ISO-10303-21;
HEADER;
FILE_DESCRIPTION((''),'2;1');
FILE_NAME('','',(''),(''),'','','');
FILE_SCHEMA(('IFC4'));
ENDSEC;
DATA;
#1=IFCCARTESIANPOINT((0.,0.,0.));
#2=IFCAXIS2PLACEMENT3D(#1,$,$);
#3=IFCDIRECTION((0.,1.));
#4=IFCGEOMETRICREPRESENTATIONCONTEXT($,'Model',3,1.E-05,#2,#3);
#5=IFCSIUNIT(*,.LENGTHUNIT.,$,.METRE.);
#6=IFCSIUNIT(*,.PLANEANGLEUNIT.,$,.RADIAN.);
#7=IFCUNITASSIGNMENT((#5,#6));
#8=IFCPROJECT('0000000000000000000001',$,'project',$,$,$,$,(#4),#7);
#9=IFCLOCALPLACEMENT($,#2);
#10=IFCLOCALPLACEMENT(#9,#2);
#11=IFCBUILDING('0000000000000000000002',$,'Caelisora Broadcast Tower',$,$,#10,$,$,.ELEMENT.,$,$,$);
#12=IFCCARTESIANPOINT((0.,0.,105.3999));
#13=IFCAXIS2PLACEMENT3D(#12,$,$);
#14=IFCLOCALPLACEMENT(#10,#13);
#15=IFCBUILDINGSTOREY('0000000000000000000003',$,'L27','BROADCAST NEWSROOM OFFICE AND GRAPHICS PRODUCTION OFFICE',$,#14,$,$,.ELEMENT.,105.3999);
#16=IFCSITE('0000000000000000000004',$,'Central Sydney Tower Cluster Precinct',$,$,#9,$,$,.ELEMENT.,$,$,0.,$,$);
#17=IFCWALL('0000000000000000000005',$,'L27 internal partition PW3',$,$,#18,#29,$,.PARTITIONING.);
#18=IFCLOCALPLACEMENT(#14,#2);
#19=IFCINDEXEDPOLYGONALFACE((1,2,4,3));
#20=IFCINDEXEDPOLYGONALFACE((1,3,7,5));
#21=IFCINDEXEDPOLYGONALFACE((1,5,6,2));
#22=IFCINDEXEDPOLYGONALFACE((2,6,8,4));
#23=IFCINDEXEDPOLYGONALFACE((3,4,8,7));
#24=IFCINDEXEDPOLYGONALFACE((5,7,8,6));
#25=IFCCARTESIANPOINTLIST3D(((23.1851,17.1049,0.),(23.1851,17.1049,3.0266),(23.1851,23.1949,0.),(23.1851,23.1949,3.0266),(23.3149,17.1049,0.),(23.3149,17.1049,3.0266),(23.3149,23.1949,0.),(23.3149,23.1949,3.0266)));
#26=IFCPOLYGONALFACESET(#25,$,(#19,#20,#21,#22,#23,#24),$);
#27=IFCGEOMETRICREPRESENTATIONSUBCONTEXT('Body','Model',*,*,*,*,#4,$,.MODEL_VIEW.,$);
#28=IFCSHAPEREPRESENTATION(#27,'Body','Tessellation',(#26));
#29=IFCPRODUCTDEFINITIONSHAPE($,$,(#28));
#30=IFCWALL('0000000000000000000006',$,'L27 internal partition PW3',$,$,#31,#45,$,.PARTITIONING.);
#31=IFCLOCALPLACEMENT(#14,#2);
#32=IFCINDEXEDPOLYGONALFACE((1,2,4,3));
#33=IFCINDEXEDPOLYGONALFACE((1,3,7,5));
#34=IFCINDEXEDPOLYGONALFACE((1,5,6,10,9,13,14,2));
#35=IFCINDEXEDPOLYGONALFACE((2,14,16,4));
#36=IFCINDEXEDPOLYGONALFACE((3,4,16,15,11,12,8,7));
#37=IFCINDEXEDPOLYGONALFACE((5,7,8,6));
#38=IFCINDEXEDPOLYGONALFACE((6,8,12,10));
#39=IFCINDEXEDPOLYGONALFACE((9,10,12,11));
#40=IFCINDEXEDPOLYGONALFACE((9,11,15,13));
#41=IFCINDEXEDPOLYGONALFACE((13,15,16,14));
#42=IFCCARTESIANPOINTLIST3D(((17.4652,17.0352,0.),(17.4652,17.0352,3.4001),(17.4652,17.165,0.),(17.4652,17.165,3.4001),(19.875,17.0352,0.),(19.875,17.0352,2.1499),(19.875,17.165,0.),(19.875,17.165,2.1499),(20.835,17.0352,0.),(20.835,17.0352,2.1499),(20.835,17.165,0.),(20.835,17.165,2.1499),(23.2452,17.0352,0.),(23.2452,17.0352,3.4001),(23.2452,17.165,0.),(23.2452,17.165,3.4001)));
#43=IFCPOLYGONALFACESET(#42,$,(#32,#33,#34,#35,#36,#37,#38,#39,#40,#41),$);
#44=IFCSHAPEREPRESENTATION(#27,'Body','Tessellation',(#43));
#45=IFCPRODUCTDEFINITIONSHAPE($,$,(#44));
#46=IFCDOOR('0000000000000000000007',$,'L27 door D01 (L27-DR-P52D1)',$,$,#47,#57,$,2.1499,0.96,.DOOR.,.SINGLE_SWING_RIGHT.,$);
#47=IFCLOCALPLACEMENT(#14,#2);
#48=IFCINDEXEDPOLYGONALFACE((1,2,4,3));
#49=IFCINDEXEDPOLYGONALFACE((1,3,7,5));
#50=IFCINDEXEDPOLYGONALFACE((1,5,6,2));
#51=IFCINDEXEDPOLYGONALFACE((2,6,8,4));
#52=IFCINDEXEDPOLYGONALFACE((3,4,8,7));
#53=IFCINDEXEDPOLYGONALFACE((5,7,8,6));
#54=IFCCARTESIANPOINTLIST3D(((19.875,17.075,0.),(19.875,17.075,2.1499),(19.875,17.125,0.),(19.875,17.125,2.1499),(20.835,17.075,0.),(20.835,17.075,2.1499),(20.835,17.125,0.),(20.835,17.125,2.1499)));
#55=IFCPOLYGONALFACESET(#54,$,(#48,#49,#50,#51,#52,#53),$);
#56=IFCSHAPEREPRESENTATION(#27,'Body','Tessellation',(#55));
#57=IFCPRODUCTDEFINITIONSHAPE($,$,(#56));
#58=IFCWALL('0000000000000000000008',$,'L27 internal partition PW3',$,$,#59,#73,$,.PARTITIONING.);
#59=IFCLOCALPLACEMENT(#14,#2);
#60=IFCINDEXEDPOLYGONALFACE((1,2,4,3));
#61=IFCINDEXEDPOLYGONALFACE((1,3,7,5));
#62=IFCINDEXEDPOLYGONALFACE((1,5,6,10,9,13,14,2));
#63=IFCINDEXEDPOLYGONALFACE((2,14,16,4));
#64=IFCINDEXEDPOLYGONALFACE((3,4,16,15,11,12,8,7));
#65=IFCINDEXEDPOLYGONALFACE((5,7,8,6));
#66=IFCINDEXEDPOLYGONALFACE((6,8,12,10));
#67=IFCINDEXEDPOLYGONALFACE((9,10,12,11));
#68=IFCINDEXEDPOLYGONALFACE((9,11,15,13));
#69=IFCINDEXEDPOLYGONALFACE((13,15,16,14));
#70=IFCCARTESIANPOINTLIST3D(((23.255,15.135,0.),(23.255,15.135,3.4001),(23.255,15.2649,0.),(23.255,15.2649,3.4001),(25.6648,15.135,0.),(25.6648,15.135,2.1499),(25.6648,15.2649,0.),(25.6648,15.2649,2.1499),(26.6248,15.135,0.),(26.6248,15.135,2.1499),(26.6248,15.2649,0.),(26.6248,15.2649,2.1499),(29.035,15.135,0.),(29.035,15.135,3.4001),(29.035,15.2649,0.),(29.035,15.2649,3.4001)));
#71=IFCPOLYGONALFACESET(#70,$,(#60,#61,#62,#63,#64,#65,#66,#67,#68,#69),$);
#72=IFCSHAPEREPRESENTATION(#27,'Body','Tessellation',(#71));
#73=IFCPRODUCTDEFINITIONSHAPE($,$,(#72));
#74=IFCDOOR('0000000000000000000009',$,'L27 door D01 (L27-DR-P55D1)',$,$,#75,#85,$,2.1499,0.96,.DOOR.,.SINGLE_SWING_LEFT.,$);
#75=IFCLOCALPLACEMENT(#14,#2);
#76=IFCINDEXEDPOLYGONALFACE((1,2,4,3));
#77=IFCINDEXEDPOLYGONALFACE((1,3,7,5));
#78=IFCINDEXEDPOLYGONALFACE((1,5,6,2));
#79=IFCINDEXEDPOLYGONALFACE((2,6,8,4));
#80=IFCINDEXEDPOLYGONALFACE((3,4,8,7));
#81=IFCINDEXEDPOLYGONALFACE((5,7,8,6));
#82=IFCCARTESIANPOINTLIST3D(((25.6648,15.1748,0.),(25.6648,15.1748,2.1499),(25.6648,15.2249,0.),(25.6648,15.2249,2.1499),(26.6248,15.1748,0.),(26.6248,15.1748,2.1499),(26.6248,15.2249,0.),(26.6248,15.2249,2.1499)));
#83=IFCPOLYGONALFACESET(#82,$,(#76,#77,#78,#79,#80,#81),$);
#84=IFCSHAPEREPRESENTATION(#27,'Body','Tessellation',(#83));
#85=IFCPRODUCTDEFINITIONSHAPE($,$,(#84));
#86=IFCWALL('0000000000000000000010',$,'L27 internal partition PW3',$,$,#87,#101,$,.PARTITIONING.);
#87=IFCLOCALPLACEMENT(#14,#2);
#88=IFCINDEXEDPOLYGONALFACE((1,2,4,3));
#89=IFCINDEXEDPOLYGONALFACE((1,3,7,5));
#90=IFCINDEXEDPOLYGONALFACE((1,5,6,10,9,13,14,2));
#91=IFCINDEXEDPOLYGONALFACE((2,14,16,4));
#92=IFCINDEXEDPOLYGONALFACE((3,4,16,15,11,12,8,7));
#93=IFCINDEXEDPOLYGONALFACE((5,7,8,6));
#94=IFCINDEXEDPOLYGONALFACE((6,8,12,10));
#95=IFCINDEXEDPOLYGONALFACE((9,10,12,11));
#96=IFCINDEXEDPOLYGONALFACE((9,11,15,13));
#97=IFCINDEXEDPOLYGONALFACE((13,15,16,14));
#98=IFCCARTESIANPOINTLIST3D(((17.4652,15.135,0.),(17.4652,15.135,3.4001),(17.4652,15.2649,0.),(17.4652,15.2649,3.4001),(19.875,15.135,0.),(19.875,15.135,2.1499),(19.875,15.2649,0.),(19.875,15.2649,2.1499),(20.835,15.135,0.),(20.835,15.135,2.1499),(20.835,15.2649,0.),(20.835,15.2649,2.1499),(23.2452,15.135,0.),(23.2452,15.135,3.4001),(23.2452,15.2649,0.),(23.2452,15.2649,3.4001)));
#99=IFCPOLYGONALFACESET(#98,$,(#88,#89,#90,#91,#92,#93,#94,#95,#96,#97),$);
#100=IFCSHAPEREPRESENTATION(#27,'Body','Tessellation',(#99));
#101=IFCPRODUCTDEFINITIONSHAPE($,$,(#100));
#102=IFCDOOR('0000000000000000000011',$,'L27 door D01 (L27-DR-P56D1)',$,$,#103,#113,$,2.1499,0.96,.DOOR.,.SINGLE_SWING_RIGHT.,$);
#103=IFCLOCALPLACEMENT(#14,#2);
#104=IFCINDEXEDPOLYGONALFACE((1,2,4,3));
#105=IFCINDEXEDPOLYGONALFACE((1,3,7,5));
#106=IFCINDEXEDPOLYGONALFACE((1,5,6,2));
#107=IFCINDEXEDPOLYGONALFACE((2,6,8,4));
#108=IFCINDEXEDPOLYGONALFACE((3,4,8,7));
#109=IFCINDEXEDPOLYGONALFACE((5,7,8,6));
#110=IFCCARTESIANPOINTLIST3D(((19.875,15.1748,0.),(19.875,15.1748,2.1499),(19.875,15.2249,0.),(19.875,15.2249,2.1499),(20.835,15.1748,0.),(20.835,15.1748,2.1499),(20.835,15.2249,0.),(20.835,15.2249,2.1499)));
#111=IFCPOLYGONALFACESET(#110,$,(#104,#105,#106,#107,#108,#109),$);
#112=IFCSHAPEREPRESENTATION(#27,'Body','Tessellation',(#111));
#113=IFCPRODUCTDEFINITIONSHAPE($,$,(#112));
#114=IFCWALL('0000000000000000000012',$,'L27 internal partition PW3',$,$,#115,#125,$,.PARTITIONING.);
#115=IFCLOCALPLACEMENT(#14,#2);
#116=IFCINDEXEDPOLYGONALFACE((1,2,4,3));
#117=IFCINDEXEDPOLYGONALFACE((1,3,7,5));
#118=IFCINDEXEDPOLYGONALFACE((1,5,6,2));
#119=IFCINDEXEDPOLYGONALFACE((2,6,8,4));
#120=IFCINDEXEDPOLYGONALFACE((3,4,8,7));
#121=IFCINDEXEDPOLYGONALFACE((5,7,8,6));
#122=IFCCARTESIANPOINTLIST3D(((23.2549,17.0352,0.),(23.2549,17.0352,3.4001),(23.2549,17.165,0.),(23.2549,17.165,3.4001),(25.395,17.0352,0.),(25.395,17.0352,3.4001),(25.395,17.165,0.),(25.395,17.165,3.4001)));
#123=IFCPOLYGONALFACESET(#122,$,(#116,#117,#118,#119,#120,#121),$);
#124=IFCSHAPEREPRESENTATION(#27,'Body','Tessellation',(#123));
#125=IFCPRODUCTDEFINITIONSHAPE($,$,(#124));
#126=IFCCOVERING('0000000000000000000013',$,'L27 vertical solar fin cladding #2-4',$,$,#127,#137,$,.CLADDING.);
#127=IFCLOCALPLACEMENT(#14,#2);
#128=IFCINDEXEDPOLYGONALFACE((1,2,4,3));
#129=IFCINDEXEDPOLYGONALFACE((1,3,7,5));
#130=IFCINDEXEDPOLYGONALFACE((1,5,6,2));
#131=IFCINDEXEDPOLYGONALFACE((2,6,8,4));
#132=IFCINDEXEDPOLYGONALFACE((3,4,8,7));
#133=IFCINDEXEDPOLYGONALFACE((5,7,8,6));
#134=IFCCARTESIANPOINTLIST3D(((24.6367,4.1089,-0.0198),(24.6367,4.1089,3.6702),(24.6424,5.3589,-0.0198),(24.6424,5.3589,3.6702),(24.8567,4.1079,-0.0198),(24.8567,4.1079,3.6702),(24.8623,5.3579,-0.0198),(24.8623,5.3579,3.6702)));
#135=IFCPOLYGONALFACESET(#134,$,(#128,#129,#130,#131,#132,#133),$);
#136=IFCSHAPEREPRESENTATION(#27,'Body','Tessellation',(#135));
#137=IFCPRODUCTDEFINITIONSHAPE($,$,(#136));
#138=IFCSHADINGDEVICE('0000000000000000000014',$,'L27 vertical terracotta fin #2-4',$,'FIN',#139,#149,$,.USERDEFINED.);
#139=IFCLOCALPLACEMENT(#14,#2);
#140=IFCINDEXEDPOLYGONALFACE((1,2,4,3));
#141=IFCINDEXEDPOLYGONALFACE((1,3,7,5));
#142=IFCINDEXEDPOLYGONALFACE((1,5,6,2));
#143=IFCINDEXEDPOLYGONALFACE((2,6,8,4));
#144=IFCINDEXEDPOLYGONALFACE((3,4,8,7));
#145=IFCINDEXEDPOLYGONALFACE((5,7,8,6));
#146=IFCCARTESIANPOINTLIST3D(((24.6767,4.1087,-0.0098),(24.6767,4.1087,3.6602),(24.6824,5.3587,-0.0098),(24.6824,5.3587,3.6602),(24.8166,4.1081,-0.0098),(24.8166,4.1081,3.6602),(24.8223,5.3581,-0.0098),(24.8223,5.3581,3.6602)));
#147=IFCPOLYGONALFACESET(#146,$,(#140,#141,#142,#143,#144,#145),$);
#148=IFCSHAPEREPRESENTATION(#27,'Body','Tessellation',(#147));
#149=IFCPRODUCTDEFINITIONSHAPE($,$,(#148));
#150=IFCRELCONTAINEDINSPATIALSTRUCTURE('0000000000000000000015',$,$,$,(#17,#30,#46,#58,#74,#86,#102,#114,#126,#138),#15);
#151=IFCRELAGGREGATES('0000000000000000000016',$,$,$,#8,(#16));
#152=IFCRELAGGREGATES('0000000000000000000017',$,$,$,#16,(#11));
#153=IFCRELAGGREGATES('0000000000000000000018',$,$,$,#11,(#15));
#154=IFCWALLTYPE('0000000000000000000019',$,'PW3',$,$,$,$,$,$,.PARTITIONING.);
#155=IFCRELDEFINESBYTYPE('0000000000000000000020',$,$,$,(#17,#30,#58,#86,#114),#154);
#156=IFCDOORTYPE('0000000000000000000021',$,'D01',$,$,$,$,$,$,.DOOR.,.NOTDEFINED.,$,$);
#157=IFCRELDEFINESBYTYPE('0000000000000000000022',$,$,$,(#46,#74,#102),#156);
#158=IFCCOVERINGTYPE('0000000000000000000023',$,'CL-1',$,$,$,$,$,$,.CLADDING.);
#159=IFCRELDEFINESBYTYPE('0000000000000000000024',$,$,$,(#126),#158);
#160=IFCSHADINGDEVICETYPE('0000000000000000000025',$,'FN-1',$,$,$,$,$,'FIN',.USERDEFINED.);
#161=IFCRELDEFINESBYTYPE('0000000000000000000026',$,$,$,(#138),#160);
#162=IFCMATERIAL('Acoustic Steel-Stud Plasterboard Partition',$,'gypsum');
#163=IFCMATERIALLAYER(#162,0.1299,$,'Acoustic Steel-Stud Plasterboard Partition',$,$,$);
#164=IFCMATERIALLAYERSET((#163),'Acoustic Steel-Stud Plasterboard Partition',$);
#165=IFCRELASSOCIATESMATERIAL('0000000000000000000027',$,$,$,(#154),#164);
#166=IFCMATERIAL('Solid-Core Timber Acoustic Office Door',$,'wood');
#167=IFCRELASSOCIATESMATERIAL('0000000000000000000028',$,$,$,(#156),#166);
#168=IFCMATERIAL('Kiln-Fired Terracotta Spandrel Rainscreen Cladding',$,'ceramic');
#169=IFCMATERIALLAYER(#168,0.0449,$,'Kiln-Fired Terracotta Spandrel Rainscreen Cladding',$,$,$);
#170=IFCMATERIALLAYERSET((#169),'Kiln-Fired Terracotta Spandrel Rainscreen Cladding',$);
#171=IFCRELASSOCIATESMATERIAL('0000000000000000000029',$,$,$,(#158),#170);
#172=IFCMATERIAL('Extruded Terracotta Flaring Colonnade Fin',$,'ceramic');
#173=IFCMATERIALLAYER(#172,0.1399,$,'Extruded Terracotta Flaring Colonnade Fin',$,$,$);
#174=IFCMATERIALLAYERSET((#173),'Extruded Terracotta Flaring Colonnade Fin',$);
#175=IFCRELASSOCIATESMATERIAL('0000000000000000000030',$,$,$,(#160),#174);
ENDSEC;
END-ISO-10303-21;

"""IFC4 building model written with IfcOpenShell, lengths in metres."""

from ifc_helpers import new_model, si_unit, direction, frame, frame_2d, origin, origin_2d, place, context, subcontext, project, spatial, rectangle, extrude, source, transform, mapped, material, layer, layer_set, type_object, type_shapes, element, fill, save


model = new_model("IFC4")

# Units and contexts
model_context = context("Model", 3, precision=1e-05, world=origin(), true_north=direction((0.0, 1.0)))
body_context = subcontext(model_context, "Body", "Model", "MODEL_VIEW")
ifc_project = project(units=[si_unit("LENGTHUNIT", "METRE"), si_unit("PLANEANGLEUNIT", "RADIAN")], contexts=[model_context])

# Site, building, storey
site_placement = place(None, origin())
site = spatial("IfcSite", under=ifc_project, at=site_placement, Name="Central Sydney Tower Cluster Precinct", CompositionType="ELEMENT", RefElevation=0.0)
building_placement = place(site_placement, origin())
building = spatial("IfcBuilding", under=site, at=building_placement, Name="Caelisora Broadcast Tower", CompositionType="ELEMENT")
storey_placement = place(building_placement, frame((0.0, 0.0, 105.3999)))
storey = spatial("IfcBuildingStorey", under=building, at=storey_placement, Name="L27", Description="BROADCAST NEWSROOM OFFICE AND GRAPHICS PRODUCTION OFFICE", CompositionType="ELEMENT", Elevation=105.3999)

# Shared definitions
ifc_material_1 = material(Name="Acoustic Steel-Stud Plasterboard Partition", Category="gypsum")
ifc_layer_1 = layer(ifc_material_1, 0.1299, Name="Acoustic Steel-Stud Plasterboard Partition")
ifc_layer_set_1 = layer_set([ifc_layer_1], Name="Acoustic Steel-Stud Plasterboard Partition")
wall_type_1 = type_object("IfcWallType", Name="PW3", PredefinedType="PARTITIONING", material=ifc_layer_set_1)

# Shared definitions
ifc_material_2 = material(Name="Solid-Core Timber Acoustic Office Door", Category="wood")
door_type = type_object("IfcDoorType", Name="D01", OperationType="NOTDEFINED", PredefinedType="DOOR", material=ifc_material_2)

# Wall
wall_1_placement = place(storey_placement, frame((23.25, 17.105, 0.0), z_axis=(0.0, 0.0, 1.0), x_axis=(0.0, 1.0, 0.0)))
element("IfcWall", 1, at=wall_1_placement, inside=storey, type_object=wall_type_1, Name="L27 internal partition PW3", PredefinedType="PARTITIONING", context=body_context, shape_type="SweptSolid", body=[
    extrude(rectangle(XDim=6.0901, YDim=0.1299, at=frame_2d((3.0449, 0.0))), origin(), (0.0, 0.0, 1.0), 3.0266),
])

# Walls, openings, doors
wall_2_placement = place(storey_placement, frame((17.4651, 17.1001, 0.0), z_axis=(0.0, 0.0, 1.0), x_axis=(1.0, 0.0, 0.0)))
wall_2 = element("IfcWall", 2, at=wall_2_placement, inside=storey, type_object=wall_type_1, Name="L27 internal partition PW3", PredefinedType="PARTITIONING", context=body_context, shape_type="SweptSolid", body=[
    extrude(rectangle(XDim=5.78, YDim=0.1299, at=frame_2d((2.8901, 0.0))), origin(), (0.0, 0.0, 1.0), 3.4001),
])
opening_1_placement = place(wall_2_placement, frame((2.4099, 0.0, 0.0)))
opening_1 = element("IfcOpeningElement", 3, at=opening_1_placement, cuts=wall_2, PredefinedType="OPENING", context=body_context, shape_type="SweptSolid", body=[
    extrude(rectangle(XDim=0.96, YDim=2.1499, at=frame_2d((0.48, 1.075))), frame((0.0, 0.0769, 0.0), z_axis=(0.0, -1.0, 0.0), x_axis=(1.0, 0.0, 0.0)), (0.0, 0.0, 1.0), 0.1538),
])
door_1_placement = place(opening_1_placement, origin())
door_1 = element("IfcDoor", 4, at=door_1_placement, inside=storey, type_object=door_type, Name="L27 door D01 (L27-DR-P52D1)", OperationType="SINGLE_SWING_RIGHT", OverallHeight=2.1499, OverallWidth=0.96, PredefinedType="DOOR", context=body_context, shape_type="SweptSolid", body=[
    extrude(rectangle(XDim=0.96, YDim=2.1499, at=frame_2d((0.48, 1.075))), frame((0.0, 0.0249, 0.0), z_axis=(0.0, -1.0, 0.0), x_axis=(1.0, 0.0, 0.0)), (0.0, 0.0, 1.0), 0.05),
])
fill(opening_1, door_1)
wall_3_placement = place(storey_placement, frame((23.2549, 15.2, 0.0), z_axis=(0.0, 0.0, 1.0), x_axis=(1.0, 0.0, 0.0)))
wall_3 = element("IfcWall", 5, at=wall_3_placement, inside=storey, type_object=wall_type_1, Name="L27 internal partition PW3", PredefinedType="PARTITIONING", context=body_context, shape_type="SweptSolid", body=[
    extrude(rectangle(XDim=5.78, YDim=0.1299, at=frame_2d((2.8901, 0.0))), origin(), (0.0, 0.0, 1.0), 3.4001),
])
opening_2_placement = place(wall_3_placement, frame((2.4099, 0.0, 0.0)))
opening_2 = element("IfcOpeningElement", 6, at=opening_2_placement, cuts=wall_3, PredefinedType="OPENING", context=body_context, shape_type="SweptSolid", body=[
    extrude(rectangle(XDim=0.96, YDim=2.1499, at=frame_2d((0.48, 1.075))), frame((0.0, 0.0769, 0.0), z_axis=(0.0, -1.0, 0.0), x_axis=(1.0, 0.0, 0.0)), (0.0, 0.0, 1.0), 0.1538),
])
door_2_placement = place(opening_2_placement, origin())
door_2 = element("IfcDoor", 7, at=door_2_placement, inside=storey, type_object=door_type, Name="L27 door D01 (L27-DR-P55D1)", OperationType="SINGLE_SWING_LEFT", OverallHeight=2.1499, OverallWidth=0.96, PredefinedType="DOOR", context=body_context, shape_type="SweptSolid", body=[
    extrude(rectangle(XDim=0.96, YDim=2.1499, at=frame_2d((0.48, 1.075))), frame((0.0, 0.0249, 0.0), z_axis=(0.0, -1.0, 0.0), x_axis=(1.0, 0.0, 0.0)), (0.0, 0.0, 1.0), 0.05),
])
fill(opening_2, door_2)
wall_4_placement = place(storey_placement, frame((17.4651, 15.2, 0.0), z_axis=(0.0, 0.0, 1.0), x_axis=(1.0, 0.0, 0.0)))
wall_4 = element("IfcWall", 8, at=wall_4_placement, inside=storey, type_object=wall_type_1, Name="L27 internal partition PW3", PredefinedType="PARTITIONING", context=body_context, shape_type="SweptSolid", body=[
    extrude(rectangle(XDim=5.78, YDim=0.1299, at=frame_2d((2.8901, 0.0))), origin(), (0.0, 0.0, 1.0), 3.4001),
])
opening_3_placement = place(wall_4_placement, frame((2.4099, 0.0, 0.0)))
opening_3 = element("IfcOpeningElement", 9, at=opening_3_placement, cuts=wall_4, PredefinedType="OPENING", context=body_context, shape_type="SweptSolid", body=[
    extrude(rectangle(XDim=0.96, YDim=2.1499, at=frame_2d((0.48, 1.075))), frame((0.0, 0.0769, 0.0), z_axis=(0.0, -1.0, 0.0), x_axis=(1.0, 0.0, 0.0)), (0.0, 0.0, 1.0), 0.1538),
])
door_3_placement = place(opening_3_placement, origin())
door_3 = element("IfcDoor", 10, at=door_3_placement, inside=storey, type_object=door_type, Name="L27 door D01 (L27-DR-P56D1)", OperationType="SINGLE_SWING_RIGHT", OverallHeight=2.1499, OverallWidth=0.96, PredefinedType="DOOR", context=body_context, shape_type="SweptSolid", body=[
    extrude(rectangle(XDim=0.96, YDim=2.1499, at=frame_2d((0.48, 1.075))), frame((0.0, 0.0249, 0.0), z_axis=(0.0, -1.0, 0.0), x_axis=(1.0, 0.0, 0.0)), (0.0, 0.0, 1.0), 0.05),
])
fill(opening_3, door_3)

# Wall
wall_5_placement = place(storey_placement, frame((23.2549, 17.1001, 0.0), z_axis=(0.0, 0.0, 1.0), x_axis=(1.0, 0.0, 0.0)))
element("IfcWall", 11, at=wall_5_placement, inside=storey, type_object=wall_type_1, Name="L27 internal partition PW3", PredefinedType="PARTITIONING", context=body_context, shape_type="SweptSolid", body=[
    extrude(rectangle(XDim=2.1401, YDim=0.1299, at=frame_2d((1.0701, 0.0))), origin(), (0.0, 0.0, 1.0), 3.4001),
])

# Covering
ifc_material_3 = material(Name="Kiln-Fired Terracotta Spandrel Rainscreen Cladding", Category="ceramic")
ifc_layer_2 = layer(ifc_material_3, 0.0449, Name="Kiln-Fired Terracotta Spandrel Rainscreen Cladding")
ifc_layer_set_2 = layer_set([ifc_layer_2], Name="Kiln-Fired Terracotta Spandrel Rainscreen Cladding")
covering_type = type_object("IfcCoveringType", Name="CL-1", PredefinedType="CLADDING", material=ifc_layer_set_2)
shared_shape_1 = source(origin(), body_context, "Body", "SweptSolid", [
    extrude(rectangle(XDim=0.22, YDim=1.25, at=origin_2d()), origin(), (0.0, 0.0, 1.0), 3.6899),
])
type_shapes(covering_type, [shared_shape_1])
covering_placement = place(storey_placement, frame((24.7495, 4.7334, -0.0198), z_axis=(0.0, 0.0, 1.0), x_axis=(-0.99999, 0.004538, 0.0)))
element("IfcCovering", 12, at=covering_placement, inside=storey, type_object=covering_type, Name="L27 vertical solar fin cladding #2-4", PredefinedType="CLADDING", context=body_context, shape_type="MappedRepresentation", body=[
    mapped(shared_shape_1, transform((0.0, 0.0, 0.0), scale=1.0)),
])

# Shading device
ifc_material_4 = material(Name="Extruded Terracotta Flaring Colonnade Fin", Category="ceramic")
ifc_layer_3 = layer(ifc_material_4, 0.1399, Name="Extruded Terracotta Flaring Colonnade Fin")
ifc_layer_set_3 = layer_set([ifc_layer_3], Name="Extruded Terracotta Flaring Colonnade Fin")
shading_device_type = type_object("IfcShadingDeviceType", Name="FN-1", ElementType="FIN", PredefinedType="USERDEFINED", material=ifc_layer_set_3)
shared_shape_2 = source(origin(), body_context, "Body", "SweptSolid", [
    extrude(rectangle(XDim=0.1399, YDim=1.25, at=origin_2d()), origin(), (0.0, 0.0, 1.0), 3.6699),
])
type_shapes(shading_device_type, [shared_shape_2])
shading_device_placement = place(storey_placement, frame((24.7495, 4.7334, -0.0098), z_axis=(0.0, 0.0, 1.0), x_axis=(-0.99999, 0.004538, 0.0)))
element("IfcShadingDevice", 13, at=shading_device_placement, inside=storey, type_object=shading_device_type, Name="L27 vertical terracotta fin #2-4", ObjectType="FIN", PredefinedType="USERDEFINED", context=body_context, shape_type="MappedRepresentation", body=[
    mapped(shared_shape_2, transform((0.0, 0.0, 0.0), scale=1.0)),
])

save(model, "model.ifc")
